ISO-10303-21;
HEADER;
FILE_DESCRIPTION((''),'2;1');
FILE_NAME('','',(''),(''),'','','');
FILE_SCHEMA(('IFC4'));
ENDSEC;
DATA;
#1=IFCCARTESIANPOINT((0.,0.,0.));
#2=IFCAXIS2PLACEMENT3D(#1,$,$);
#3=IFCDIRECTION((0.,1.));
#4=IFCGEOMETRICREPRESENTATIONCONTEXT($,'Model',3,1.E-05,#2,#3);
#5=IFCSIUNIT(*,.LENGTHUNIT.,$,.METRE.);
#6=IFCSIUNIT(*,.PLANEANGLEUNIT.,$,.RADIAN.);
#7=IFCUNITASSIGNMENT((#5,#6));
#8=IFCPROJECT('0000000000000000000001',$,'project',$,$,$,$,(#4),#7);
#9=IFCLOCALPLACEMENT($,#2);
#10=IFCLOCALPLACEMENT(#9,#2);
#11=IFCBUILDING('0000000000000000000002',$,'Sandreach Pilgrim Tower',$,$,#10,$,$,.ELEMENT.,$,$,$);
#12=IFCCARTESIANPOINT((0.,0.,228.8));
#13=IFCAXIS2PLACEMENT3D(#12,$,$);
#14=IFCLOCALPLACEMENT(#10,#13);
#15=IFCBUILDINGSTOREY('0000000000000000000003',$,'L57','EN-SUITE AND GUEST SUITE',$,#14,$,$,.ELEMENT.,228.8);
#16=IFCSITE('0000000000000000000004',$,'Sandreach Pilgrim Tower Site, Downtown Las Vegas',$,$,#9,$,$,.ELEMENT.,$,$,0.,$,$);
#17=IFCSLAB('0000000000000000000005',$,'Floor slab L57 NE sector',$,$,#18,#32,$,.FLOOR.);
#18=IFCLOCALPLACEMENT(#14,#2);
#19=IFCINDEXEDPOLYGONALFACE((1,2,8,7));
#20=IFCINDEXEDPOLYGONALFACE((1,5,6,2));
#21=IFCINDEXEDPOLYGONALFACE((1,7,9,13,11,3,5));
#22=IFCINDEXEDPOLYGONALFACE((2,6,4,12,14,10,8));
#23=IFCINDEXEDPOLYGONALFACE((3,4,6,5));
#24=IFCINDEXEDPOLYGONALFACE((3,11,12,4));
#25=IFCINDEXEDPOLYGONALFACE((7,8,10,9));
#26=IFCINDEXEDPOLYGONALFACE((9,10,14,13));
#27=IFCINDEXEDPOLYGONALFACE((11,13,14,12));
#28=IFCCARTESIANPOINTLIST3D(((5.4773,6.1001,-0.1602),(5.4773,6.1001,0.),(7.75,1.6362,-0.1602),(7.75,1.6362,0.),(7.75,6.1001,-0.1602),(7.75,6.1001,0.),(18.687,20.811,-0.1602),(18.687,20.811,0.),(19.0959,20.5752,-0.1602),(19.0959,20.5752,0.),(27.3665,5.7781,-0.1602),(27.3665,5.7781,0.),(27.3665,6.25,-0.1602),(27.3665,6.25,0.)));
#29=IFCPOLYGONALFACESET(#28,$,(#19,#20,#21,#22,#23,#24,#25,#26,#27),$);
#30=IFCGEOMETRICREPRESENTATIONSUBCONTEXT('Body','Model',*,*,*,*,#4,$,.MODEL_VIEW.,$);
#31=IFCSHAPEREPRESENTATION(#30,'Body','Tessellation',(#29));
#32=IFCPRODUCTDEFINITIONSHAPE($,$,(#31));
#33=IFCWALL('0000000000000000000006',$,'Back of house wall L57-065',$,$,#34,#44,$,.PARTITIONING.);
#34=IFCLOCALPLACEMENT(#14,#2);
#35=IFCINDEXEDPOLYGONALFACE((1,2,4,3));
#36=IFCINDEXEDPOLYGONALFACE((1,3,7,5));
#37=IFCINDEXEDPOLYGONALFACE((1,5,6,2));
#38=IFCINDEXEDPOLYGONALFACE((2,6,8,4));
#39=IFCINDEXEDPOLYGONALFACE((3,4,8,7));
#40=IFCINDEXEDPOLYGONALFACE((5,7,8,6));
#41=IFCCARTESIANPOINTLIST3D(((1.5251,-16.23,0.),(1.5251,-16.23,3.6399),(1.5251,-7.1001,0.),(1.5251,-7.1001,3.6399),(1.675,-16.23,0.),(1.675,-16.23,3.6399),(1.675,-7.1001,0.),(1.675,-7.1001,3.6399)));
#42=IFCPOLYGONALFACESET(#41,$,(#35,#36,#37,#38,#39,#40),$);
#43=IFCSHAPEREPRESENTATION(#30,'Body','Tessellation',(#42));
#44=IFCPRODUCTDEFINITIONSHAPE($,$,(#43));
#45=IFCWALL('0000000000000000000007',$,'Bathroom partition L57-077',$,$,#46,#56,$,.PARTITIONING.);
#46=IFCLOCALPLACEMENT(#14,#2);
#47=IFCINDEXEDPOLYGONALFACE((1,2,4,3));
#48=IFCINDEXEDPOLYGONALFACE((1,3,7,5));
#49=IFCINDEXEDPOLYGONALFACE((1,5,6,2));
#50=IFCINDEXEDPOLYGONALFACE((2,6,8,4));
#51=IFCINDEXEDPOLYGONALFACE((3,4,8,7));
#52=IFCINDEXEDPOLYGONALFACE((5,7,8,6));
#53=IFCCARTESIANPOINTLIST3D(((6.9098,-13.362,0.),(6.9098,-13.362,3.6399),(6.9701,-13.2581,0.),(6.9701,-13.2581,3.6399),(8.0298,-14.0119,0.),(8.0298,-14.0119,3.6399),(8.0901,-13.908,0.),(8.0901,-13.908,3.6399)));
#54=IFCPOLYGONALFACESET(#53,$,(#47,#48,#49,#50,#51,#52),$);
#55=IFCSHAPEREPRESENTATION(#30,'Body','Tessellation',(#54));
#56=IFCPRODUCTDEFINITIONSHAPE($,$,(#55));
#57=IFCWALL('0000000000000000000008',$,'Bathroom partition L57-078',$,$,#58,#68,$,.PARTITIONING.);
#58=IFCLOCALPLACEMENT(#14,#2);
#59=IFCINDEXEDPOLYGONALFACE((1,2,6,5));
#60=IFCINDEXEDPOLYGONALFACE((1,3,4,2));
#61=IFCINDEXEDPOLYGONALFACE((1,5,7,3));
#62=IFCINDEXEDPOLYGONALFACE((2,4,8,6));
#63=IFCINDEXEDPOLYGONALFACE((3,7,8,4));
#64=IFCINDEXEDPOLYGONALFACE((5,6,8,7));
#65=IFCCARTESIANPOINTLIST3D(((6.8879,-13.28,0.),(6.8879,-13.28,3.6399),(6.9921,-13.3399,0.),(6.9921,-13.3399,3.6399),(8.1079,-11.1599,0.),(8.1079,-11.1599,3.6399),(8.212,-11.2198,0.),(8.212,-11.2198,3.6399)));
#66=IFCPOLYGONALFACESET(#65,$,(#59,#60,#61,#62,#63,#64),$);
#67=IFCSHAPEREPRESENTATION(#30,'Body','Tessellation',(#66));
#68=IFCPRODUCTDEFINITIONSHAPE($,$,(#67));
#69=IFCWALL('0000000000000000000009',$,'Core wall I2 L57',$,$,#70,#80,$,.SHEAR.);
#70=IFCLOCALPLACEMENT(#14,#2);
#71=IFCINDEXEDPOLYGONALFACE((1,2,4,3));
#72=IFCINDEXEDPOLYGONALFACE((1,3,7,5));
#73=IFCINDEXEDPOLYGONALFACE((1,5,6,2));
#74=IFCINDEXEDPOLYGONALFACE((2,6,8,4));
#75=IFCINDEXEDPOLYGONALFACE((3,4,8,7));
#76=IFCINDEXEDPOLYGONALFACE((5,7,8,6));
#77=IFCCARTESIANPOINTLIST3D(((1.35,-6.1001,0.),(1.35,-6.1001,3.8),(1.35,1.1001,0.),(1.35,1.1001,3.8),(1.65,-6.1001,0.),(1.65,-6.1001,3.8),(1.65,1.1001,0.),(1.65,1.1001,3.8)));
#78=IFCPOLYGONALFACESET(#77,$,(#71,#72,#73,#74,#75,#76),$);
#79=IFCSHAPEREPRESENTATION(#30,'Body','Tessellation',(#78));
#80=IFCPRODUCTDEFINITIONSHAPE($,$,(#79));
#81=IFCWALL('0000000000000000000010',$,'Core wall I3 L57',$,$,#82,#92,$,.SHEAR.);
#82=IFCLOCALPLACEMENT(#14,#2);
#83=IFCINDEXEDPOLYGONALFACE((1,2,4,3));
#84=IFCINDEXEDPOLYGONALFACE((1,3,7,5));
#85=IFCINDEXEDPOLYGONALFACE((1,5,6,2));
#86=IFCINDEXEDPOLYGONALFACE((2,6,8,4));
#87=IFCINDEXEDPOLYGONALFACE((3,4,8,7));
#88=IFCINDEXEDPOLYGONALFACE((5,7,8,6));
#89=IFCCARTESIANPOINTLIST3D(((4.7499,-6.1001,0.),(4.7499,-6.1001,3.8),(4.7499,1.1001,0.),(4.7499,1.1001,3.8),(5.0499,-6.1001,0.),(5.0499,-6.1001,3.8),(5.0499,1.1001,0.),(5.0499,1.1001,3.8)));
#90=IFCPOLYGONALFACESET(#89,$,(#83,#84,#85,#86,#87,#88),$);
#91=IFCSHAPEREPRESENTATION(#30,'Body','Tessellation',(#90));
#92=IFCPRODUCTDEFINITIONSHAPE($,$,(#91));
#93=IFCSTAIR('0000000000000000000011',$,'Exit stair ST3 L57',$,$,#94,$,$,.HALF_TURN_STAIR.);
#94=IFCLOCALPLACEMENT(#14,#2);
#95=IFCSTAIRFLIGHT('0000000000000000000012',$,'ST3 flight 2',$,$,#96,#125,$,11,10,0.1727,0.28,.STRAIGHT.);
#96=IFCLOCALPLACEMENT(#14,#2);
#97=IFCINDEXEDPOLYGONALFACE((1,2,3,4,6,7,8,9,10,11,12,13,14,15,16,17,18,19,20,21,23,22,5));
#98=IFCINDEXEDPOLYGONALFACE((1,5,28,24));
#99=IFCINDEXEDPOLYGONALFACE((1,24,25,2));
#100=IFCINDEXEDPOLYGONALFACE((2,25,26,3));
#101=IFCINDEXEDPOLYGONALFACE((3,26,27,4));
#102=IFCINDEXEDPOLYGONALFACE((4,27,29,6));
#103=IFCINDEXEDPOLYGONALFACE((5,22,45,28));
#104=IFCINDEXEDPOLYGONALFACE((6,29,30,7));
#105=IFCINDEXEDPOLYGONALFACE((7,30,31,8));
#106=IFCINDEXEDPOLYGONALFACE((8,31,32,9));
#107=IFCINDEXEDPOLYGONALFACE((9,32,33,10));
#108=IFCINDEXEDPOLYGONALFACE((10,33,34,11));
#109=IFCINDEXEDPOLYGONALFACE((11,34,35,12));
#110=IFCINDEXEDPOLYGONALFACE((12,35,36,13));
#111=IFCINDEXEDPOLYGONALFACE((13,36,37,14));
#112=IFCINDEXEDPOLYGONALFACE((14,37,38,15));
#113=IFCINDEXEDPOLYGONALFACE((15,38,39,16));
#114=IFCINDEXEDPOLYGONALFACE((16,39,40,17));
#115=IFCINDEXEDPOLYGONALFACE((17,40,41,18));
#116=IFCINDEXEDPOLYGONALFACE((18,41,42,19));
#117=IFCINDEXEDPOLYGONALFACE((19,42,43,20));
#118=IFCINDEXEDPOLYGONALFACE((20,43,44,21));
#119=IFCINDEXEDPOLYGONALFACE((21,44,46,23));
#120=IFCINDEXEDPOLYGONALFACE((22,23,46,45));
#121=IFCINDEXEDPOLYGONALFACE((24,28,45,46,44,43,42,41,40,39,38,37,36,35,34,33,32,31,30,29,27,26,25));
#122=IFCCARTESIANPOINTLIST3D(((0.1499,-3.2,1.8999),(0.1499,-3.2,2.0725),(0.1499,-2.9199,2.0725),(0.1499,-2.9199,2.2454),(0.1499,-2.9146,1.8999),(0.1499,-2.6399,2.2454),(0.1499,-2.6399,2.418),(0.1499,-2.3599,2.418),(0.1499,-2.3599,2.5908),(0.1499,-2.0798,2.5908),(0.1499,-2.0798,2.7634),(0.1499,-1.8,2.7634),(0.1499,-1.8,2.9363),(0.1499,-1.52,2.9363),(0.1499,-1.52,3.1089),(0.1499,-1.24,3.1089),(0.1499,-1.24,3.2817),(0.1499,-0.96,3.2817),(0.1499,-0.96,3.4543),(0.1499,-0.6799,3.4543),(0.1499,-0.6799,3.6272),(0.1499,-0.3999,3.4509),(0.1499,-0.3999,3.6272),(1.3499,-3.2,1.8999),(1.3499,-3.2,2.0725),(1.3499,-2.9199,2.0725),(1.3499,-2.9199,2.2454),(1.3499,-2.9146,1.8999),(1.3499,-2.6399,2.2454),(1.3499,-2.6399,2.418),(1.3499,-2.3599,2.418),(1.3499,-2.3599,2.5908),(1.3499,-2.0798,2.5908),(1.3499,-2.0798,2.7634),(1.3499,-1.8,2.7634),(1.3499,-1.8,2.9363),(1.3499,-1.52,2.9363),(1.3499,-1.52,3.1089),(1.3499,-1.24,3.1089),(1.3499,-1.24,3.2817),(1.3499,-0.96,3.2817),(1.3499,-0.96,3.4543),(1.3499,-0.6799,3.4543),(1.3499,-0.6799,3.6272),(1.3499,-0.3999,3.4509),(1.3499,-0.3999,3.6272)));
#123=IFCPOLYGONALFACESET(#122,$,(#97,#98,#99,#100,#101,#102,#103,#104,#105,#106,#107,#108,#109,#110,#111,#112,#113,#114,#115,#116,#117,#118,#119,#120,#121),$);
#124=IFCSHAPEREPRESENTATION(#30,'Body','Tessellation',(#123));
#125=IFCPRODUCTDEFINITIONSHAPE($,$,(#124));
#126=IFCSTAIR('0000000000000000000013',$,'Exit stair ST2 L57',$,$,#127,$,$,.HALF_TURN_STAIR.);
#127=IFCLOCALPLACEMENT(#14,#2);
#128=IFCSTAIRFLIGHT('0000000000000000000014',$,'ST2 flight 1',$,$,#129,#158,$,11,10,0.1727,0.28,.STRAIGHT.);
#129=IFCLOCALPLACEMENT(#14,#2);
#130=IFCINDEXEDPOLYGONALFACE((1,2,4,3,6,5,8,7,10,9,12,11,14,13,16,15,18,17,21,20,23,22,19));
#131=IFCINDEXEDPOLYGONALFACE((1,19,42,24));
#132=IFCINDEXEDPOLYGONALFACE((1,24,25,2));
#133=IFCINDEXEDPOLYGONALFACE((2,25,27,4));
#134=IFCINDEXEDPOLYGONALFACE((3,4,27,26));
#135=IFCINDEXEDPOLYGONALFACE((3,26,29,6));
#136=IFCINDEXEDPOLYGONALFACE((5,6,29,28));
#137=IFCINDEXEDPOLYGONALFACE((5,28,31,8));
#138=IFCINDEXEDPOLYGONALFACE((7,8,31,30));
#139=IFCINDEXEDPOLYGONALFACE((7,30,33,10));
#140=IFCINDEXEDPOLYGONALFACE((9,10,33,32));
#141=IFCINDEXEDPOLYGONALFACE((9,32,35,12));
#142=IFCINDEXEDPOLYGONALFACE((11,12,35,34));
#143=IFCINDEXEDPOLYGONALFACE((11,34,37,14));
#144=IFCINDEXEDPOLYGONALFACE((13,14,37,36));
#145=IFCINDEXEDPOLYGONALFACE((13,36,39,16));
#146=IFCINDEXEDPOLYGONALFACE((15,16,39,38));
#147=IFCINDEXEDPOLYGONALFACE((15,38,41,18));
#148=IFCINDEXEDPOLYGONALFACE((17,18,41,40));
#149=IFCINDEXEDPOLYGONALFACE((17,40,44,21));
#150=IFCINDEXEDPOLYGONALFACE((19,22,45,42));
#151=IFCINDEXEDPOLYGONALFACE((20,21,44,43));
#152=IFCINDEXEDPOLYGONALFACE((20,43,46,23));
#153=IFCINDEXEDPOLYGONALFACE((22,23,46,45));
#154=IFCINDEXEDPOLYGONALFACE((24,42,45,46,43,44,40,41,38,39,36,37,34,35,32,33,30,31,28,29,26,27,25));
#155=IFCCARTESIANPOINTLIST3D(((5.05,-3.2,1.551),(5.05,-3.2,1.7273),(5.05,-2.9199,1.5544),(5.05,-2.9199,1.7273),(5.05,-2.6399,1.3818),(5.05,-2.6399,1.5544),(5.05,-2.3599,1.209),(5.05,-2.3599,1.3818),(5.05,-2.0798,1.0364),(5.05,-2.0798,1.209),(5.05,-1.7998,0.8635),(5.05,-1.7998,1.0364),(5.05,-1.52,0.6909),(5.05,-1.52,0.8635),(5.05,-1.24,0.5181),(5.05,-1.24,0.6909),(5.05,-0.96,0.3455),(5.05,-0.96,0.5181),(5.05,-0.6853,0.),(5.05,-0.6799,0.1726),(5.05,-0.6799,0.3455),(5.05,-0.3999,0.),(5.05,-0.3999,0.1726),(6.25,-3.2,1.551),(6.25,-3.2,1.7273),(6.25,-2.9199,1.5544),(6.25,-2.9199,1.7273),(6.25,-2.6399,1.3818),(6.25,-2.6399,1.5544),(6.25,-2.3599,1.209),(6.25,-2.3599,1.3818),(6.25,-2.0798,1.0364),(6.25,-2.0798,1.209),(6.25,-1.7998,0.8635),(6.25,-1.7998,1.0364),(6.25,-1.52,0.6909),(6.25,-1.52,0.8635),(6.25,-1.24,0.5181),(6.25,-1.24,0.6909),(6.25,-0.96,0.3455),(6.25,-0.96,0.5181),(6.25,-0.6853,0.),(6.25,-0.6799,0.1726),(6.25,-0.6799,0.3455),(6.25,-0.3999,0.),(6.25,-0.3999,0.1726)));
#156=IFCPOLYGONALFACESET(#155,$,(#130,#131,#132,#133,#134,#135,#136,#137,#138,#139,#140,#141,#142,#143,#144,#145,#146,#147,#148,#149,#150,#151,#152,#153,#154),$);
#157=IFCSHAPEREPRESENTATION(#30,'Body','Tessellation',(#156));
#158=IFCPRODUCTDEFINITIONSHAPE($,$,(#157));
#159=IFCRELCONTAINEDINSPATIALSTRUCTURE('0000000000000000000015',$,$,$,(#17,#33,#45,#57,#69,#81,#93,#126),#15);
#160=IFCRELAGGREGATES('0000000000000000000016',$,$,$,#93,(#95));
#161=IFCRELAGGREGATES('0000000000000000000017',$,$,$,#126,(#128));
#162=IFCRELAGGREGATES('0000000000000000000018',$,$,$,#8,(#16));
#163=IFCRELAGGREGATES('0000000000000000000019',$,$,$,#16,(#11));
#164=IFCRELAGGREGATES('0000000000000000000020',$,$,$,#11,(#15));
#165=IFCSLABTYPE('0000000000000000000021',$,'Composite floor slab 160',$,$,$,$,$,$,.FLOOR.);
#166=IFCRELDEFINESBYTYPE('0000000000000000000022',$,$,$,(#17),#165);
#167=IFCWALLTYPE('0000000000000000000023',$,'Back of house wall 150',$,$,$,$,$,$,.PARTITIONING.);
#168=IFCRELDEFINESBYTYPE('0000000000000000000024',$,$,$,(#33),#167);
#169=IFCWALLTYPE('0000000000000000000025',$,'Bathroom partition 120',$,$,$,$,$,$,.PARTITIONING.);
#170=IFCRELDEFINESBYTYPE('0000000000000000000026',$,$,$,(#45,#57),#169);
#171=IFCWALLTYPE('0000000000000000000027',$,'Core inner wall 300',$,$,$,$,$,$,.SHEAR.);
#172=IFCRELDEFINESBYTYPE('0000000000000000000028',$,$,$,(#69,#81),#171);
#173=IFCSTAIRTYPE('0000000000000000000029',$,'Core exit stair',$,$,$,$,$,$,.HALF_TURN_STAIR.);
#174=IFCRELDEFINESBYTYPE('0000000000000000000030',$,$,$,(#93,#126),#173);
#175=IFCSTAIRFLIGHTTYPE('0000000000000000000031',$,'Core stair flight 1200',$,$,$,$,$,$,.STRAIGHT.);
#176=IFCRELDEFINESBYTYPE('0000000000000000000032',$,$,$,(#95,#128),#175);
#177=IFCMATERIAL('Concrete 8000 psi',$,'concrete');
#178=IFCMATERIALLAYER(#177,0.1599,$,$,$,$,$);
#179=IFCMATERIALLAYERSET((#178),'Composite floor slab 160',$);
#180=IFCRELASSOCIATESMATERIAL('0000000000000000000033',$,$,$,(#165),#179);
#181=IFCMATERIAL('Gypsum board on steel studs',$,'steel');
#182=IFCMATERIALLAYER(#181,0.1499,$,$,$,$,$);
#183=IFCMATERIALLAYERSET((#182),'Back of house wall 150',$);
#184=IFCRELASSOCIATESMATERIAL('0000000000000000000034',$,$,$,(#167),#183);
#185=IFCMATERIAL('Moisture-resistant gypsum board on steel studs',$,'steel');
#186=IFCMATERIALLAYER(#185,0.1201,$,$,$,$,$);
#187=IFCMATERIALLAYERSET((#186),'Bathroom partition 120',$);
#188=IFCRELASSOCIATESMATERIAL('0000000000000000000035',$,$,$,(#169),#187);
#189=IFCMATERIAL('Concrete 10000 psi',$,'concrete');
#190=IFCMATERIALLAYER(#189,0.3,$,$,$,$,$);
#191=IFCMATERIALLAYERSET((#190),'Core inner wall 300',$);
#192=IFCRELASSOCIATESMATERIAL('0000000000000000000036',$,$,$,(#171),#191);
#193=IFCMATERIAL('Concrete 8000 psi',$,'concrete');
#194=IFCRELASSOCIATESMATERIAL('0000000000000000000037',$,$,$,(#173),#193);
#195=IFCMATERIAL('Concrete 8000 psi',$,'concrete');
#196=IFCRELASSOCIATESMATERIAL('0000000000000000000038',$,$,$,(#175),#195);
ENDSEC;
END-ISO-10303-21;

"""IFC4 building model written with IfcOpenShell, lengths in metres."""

from ifc_helpers import new_model, si_unit, direction, frame, frame_2d, origin, place, context, subcontext, project, spatial, polyline, rectangle, outline, extrude, material, layer, layer_set, type_object, element, aggregate, save


model = new_model("IFC4")

# Units and contexts
model_context = context("Model", 3, precision=1e-05, world=origin(), true_north=direction((0.0, 1.0)))
body_context = subcontext(model_context, "Body", "Model", "MODEL_VIEW")
ifc_project = project(units=[si_unit("LENGTHUNIT", "METRE"), si_unit("PLANEANGLEUNIT", "RADIAN")], contexts=[model_context])

# Site, building, storey
site_placement = place(None, origin())
site = spatial("IfcSite", under=ifc_project, at=site_placement, Name="Sandreach Pilgrim Tower Site, Downtown Las Vegas", CompositionType="ELEMENT", RefElevation=0.0)
building_placement = place(site_placement, origin())
building = spatial("IfcBuilding", under=site, at=building_placement, Name="Sandreach Pilgrim Tower", CompositionType="ELEMENT")
storey_placement = place(building_placement, frame((0.0, 0.0, 228.8)))
storey = spatial("IfcBuildingStorey", under=building, at=storey_placement, Name="L57", Description="EN-SUITE AND GUEST SUITE", CompositionType="ELEMENT", Elevation=228.8)

# Slab
ifc_material_1 = material(Name="Concrete 8000 psi", Category="concrete")
ifc_layer_1 = layer(ifc_material_1, 0.1599)
ifc_layer_set_1 = layer_set([ifc_layer_1], Name="Composite floor slab 160")
slab_type = type_object("IfcSlabType", Name="Composite floor slab 160", PredefinedType="FLOOR", material=ifc_layer_set_1)
slab_placement = place(storey_placement, frame((0.0, 0.0, -0.1602)))
element("IfcSlab", 1, at=slab_placement, inside=storey, type_object=slab_type, Name="Floor slab L57 NE sector", PredefinedType="FLOOR", context=body_context, shape_type="SweptSolid", body=[
    extrude(outline(polyline([(19.0959, 20.5752), (27.3665, 6.25), (27.3665, 5.7781), (7.75, 1.6362), (7.75, 6.1001), (5.4773, 6.1001), (18.687, 20.811), (19.0959, 20.5752)])), origin(), (0.0, 0.0, 1.0), 0.1602),
])

# Walls
ifc_material_2 = material(Name="Gypsum board on steel studs", Category="steel")
ifc_layer_2 = layer(ifc_material_2, 0.1499)
ifc_layer_set_2 = layer_set([ifc_layer_2], Name="Back of house wall 150")
wall_type_1 = type_object("IfcWallType", Name="Back of house wall 150", PredefinedType="PARTITIONING", material=ifc_layer_set_2)
wall_1_placement = place(storey_placement, frame((1.6001, -7.1001, 0.0), z_axis=(0.0, 0.0, 1.0), x_axis=(0.0, -1.0, 0.0)))
element("IfcWall", 2, at=wall_1_placement, inside=storey, type_object=wall_type_1, Name="Back of house wall L57-065", PredefinedType="PARTITIONING", context=body_context, shape_type="SweptSolid", body=[
    extrude(rectangle(XDim=9.1299, YDim=0.1499, at=frame_2d((4.5649, 0.0))), origin(), (0.0, 0.0, 1.0), 3.6399),
])
ifc_material_3 = material(Name="Moisture-resistant gypsum board on steel studs", Category="steel")
ifc_layer_3 = layer(ifc_material_3, 0.1201)
ifc_layer_set_3 = layer_set([ifc_layer_3], Name="Bathroom partition 120")
wall_type_2 = type_object("IfcWallType", Name="Bathroom partition 120", PredefinedType="PARTITIONING", material=ifc_layer_set_3)
wall_2_placement = place(storey_placement, frame((6.9399, -13.3101, 0.0), z_axis=(0.0, 0.0, 1.0), x_axis=(0.864953, -0.501854, 0.0)))
element("IfcWall", 3, at=wall_2_placement, inside=storey, type_object=wall_type_2, Name="Bathroom partition L57-077", PredefinedType="PARTITIONING", context=body_context, shape_type="SweptSolid", body=[
    extrude(rectangle(XDim=1.2949, YDim=0.1201, at=frame_2d((0.6475, 0.0))), origin(), (0.0, 0.0, 1.0), 3.6399),
])
wall_3_placement = place(storey_placement, frame((6.9399, -13.3101, 0.0), z_axis=(0.0, 0.0, 1.0), x_axis=(0.498749, 0.866747, 0.0)))
element("IfcWall", 4, at=wall_3_placement, inside=storey, type_object=wall_type_2, Name="Bathroom partition L57-078", PredefinedType="PARTITIONING", context=body_context, shape_type="SweptSolid", body=[
    extrude(rectangle(XDim=2.446, YDim=0.1201, at=frame_2d((1.2231, 0.0))), origin(), (0.0, 0.0, 1.0), 3.6399),
])
ifc_material_4 = material(Name="Concrete 10000 psi", Category="concrete")
ifc_layer_4 = layer(ifc_material_4, 0.3)
ifc_layer_set_4 = layer_set([ifc_layer_4], Name="Core inner wall 300")
wall_type_3 = type_object("IfcWallType", Name="Core inner wall 300", PredefinedType="SHEAR", material=ifc_layer_set_4)
for number, where, z_axis, x_axis, name in (
    (5, (1.5, -6.1001, 0.0), (0.0, 0.0, 1.0), (0.0, 1.0, 0.0), "Core wall I2 L57"),
    (6, (4.8999, -6.1001, 0.0), (0.0, 0.0, 1.0), (0.0, 1.0, 0.0), "Core wall I3 L57"),
):
    element("IfcWall", number, at=place(storey_placement, frame(where, z_axis=z_axis, x_axis=x_axis)), inside=storey, type_object=wall_type_3, Name=name, PredefinedType="SHEAR", context=body_context, shape_type="SweptSolid", body=[
        extrude(rectangle(XDim=7.2002, YDim=0.3, at=frame_2d((3.6001, 0.0))), origin(), (0.0, 0.0, 1.0), 3.8),
    ])

# Stairs, stair flights
ifc_material_5 = material(Name="Concrete 8000 psi", Category="concrete")
stair_type = type_object("IfcStairType", Name="Core exit stair", PredefinedType="HALF_TURN_STAIR", material=ifc_material_5)
stair_1_placement = place(storey_placement, origin())
stair_1 = element("IfcStair", 7, at=stair_1_placement, inside=storey, type_object=stair_type, Name="Exit stair ST3 L57", PredefinedType="HALF_TURN_STAIR")
ifc_material_6 = material(Name="Concrete 8000 psi", Category="concrete")
stair_flight_type = type_object("IfcStairFlightType", Name="Core stair flight 1200", PredefinedType="STRAIGHT", material=ifc_material_6)
stair_flight_1_placement = place(storey_placement, frame((0.75, -3.2, 1.8999), z_axis=(0.0, 0.0, 1.0), x_axis=(0.0, 1.0, 0.0)))
stair_flight_1 = element("IfcStairFlight", 8, at=stair_flight_1_placement, type_object=stair_flight_type, Name="ST3 flight 2", NumberOfRisers=11, NumberOfTreads=10, PredefinedType="STRAIGHT", RiserHeight=0.1727, TreadLength=0.28, context=body_context, shape_type="SweptSolid", body=[
    extrude(outline(polyline([(0.0, 0.0), (0.0, 0.1726), (0.28, 0.1726), (0.28, 0.3455), (0.5601, 0.3455), (0.5601, 0.5181), (0.8401, 0.5181), (0.8401, 0.6909), (1.1201, 0.6909), (1.1201, 0.8635), (1.3999, 0.8635), (1.3999, 1.0364), (1.6799, 1.0364), (1.6799, 1.209), (1.96, 1.209), (1.96, 1.3818), (2.24, 1.3818), (2.24, 1.5544), (2.52, 1.5544), (2.52, 1.7273), (2.8, 1.7273), (2.8, 1.8999), (2.8, 1.551), (0.2854, 0.0), (0.0, 0.0)])), frame((0.0, 0.6001, 0.0), z_axis=(0.0, -1.0, 0.0), x_axis=(1.0, 0.0, 0.0)), (0.0, 0.0, 1.0), 1.2),
])
aggregate(stair_1, [stair_flight_1])
stair_2_placement = place(storey_placement, origin())
stair_2 = element("IfcStair", 9, at=stair_2_placement, inside=storey, type_object=stair_type, Name="Exit stair ST2 L57", PredefinedType="HALF_TURN_STAIR")
stair_flight_2_placement = place(storey_placement, frame((5.6499, -0.3999, 0.0), z_axis=(0.0, 0.0, 1.0), x_axis=(0.0, -1.0, 0.0)))
stair_flight_2 = element("IfcStairFlight", 10, at=stair_flight_2_placement, type_object=stair_flight_type, Name="ST2 flight 1", NumberOfRisers=11, NumberOfTreads=10, PredefinedType="STRAIGHT", RiserHeight=0.1727, TreadLength=0.28, context=body_context, shape_type="SweptSolid", body=[
    extrude(outline(polyline([(0.0, 0.0), (0.0, 0.1726), (0.28, 0.1726), (0.28, 0.3455), (0.5601, 0.3455), (0.5601, 0.5181), (0.8401, 0.5181), (0.8401, 0.6909), (1.1201, 0.6909), (1.1201, 0.8635), (1.3999, 0.8635), (1.3999, 1.0364), (1.6799, 1.0364), (1.6799, 1.209), (1.96, 1.209), (1.96, 1.3818), (2.24, 1.3818), (2.24, 1.5544), (2.52, 1.5544), (2.52, 1.7273), (2.8, 1.7273), (2.8, 1.8999), (2.8, 1.551), (0.2854, 0.0), (0.0, 0.0)])), frame((0.0, 0.6001, 0.0), z_axis=(0.0, -1.0, 0.0), x_axis=(1.0, 0.0, 0.0)), (0.0, 0.0, 1.0), 1.2),
])
aggregate(stair_2, [stair_flight_2])

save(model, "model.ifc")
